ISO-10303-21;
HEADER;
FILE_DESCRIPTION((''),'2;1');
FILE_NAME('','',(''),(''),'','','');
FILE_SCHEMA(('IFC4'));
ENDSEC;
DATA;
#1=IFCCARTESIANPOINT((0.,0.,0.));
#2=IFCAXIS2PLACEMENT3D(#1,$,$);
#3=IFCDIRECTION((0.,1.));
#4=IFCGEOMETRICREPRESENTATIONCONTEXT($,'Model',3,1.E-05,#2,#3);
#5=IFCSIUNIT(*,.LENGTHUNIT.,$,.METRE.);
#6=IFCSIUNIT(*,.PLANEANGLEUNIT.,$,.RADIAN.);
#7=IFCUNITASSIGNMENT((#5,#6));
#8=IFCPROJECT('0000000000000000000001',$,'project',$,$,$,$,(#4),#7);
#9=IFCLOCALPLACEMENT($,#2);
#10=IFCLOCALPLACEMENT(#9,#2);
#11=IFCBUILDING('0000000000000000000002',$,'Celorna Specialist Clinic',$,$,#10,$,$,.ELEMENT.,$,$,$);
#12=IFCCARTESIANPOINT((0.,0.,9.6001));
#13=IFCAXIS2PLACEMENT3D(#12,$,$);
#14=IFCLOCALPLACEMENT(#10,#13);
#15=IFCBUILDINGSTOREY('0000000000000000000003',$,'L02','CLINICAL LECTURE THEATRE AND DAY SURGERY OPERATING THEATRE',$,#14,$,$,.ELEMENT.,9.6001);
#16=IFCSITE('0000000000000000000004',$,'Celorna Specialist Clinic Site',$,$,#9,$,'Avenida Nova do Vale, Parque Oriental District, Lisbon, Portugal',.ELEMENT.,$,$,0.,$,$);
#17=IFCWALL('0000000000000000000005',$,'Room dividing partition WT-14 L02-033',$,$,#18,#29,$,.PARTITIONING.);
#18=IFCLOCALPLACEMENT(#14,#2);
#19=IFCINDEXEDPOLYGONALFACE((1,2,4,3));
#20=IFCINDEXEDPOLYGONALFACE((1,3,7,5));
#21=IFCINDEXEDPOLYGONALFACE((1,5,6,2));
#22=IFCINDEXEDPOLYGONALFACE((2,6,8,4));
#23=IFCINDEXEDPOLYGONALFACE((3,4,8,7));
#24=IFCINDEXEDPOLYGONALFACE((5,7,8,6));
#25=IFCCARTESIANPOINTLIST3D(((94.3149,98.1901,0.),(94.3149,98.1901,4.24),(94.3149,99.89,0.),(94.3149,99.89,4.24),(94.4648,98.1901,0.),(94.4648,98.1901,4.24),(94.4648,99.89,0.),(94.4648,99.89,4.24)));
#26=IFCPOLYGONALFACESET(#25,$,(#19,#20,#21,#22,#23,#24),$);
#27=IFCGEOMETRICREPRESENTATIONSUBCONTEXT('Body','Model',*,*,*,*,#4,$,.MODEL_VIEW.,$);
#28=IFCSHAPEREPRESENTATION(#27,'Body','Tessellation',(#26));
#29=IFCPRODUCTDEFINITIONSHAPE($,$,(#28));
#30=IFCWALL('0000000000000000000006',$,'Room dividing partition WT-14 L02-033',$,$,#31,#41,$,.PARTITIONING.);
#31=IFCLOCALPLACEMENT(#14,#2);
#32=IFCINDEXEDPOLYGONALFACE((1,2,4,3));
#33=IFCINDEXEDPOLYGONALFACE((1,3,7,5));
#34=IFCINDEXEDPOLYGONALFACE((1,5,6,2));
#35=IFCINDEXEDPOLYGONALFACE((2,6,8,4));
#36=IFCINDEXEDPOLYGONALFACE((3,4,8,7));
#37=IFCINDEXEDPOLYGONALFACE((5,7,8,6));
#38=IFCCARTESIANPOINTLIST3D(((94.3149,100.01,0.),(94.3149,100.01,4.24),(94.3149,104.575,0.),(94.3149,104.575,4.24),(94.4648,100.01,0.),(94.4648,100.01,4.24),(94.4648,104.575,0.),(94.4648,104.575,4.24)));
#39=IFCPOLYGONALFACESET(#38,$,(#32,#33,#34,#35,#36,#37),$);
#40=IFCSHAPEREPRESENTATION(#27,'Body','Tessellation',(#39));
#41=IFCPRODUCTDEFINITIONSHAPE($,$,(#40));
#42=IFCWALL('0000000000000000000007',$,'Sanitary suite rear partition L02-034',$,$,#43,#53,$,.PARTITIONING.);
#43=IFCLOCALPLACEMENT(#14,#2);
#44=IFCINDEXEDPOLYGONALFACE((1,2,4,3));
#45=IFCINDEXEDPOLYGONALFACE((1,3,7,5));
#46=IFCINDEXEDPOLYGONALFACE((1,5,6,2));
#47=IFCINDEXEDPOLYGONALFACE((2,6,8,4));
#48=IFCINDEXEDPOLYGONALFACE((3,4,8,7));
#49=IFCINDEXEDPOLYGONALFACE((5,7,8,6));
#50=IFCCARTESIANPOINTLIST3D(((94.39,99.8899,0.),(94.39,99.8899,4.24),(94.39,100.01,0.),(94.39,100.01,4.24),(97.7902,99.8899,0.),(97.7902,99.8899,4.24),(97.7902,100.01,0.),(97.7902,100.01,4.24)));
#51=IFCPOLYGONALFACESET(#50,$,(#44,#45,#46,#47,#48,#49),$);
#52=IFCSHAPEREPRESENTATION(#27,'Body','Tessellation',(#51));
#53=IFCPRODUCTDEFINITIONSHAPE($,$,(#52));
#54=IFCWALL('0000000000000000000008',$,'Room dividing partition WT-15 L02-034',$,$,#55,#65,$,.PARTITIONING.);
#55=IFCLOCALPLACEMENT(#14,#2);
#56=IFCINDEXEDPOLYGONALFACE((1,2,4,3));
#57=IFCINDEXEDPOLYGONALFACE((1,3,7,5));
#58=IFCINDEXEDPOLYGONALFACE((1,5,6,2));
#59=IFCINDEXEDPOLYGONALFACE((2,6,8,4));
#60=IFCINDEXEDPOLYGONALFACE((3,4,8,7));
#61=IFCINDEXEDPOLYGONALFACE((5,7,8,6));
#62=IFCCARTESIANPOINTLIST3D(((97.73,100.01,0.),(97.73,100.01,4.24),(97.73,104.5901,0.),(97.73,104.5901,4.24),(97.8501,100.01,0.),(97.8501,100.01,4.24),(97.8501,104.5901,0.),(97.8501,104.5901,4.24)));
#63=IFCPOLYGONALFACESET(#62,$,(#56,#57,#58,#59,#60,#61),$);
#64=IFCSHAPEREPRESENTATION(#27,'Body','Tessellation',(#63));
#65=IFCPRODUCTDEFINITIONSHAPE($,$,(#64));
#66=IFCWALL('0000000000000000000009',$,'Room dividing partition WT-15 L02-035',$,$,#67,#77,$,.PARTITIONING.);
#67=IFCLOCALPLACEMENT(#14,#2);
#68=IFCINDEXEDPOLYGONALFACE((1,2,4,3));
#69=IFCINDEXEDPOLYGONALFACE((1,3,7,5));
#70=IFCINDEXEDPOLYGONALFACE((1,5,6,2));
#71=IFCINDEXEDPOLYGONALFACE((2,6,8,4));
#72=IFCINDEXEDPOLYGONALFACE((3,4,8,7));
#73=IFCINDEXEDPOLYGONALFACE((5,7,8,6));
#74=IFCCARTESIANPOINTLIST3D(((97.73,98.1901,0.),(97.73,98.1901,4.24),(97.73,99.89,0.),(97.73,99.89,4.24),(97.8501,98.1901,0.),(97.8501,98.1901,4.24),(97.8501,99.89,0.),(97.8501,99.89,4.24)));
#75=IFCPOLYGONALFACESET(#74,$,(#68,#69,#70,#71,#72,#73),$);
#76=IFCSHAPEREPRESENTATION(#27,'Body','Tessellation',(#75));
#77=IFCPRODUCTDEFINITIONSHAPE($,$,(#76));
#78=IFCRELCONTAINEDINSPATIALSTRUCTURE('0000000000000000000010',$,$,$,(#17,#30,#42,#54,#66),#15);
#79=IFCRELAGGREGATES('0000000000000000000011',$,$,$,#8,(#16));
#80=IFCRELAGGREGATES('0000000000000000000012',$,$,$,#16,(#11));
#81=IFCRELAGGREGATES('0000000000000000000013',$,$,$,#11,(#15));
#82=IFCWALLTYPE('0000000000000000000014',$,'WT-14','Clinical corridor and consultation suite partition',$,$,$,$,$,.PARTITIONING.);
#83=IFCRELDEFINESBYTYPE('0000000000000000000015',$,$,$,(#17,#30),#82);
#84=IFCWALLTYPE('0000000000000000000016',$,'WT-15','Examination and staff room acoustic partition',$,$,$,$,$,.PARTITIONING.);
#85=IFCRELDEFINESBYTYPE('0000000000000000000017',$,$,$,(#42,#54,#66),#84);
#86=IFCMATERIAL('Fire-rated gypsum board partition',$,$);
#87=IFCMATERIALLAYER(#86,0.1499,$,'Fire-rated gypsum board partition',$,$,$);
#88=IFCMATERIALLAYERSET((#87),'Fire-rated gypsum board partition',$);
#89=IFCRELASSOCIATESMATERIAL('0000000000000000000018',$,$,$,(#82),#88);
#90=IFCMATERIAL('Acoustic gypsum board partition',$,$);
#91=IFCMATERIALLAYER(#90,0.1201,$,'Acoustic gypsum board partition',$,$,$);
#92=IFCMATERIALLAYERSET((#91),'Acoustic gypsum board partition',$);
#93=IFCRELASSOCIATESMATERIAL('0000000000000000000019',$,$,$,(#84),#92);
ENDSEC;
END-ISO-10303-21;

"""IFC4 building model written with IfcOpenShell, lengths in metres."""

from ifc_helpers import new_model, si_unit, direction, frame, frame_2d, origin, place, context, subcontext, project, spatial, rectangle, extrude, material, layer, layer_set, type_object, element, save


model = new_model("IFC4")

# Units and contexts
model_context = context("Model", 3, precision=1e-05, world=origin(), true_north=direction((0.0, 1.0)))
body_context = subcontext(model_context, "Body", "Model", "MODEL_VIEW")
ifc_project = project(units=[si_unit("LENGTHUNIT", "METRE"), si_unit("PLANEANGLEUNIT", "RADIAN")], contexts=[model_context])

# Site, building, storey
site_placement = place(None, origin())
site = spatial("IfcSite", under=ifc_project, at=site_placement, Name="Celorna Specialist Clinic Site", LongName="Avenida Nova do Vale, Parque Oriental District, Lisbon, Portugal", CompositionType="ELEMENT", RefElevation=0.0)
building_placement = place(site_placement, origin())
building = spatial("IfcBuilding", under=site, at=building_placement, Name="Celorna Specialist Clinic", CompositionType="ELEMENT")
storey_placement = place(building_placement, frame((0.0, 0.0, 9.6001)))
storey = spatial("IfcBuildingStorey", under=building, at=storey_placement, Name="L02", Description="CLINICAL LECTURE THEATRE AND DAY SURGERY OPERATING THEATRE", CompositionType="ELEMENT", Elevation=9.6001)

# Walls
ifc_material_1 = material(Name="Fire-rated gypsum board partition")
ifc_layer_1 = layer(ifc_material_1, 0.1499, Name="Fire-rated gypsum board partition")
ifc_layer_set_1 = layer_set([ifc_layer_1], Name="Fire-rated gypsum board partition")
wall_type_1 = type_object("IfcWallType", Name="WT-14", Description="Clinical corridor and consultation suite partition", PredefinedType="PARTITIONING", material=ifc_layer_set_1)
wall_1_placement = place(storey_placement, frame((94.3899, 98.1899, 0.0), z_axis=(0.0, 0.0, 1.0), x_axis=(0.0, 1.0, 0.0)))
element("IfcWall", 1, at=wall_1_placement, inside=storey, type_object=wall_type_1, Name="Room dividing partition WT-14 L02-033", PredefinedType="PARTITIONING", context=body_context, shape_type="SweptSolid", body=[
    extrude(rectangle(XDim=1.7, YDim=0.1499, at=frame_2d((0.8501, 0.0))), origin(), (0.0, 0.0, 1.0), 4.24),
])
wall_2_placement = place(storey_placement, frame((94.3899, 100.01, 0.0), z_axis=(0.0, 0.0, 1.0), x_axis=(0.0, 1.0, 0.0)))
element("IfcWall", 2, at=wall_2_placement, inside=storey, type_object=wall_type_1, Name="Room dividing partition WT-14 L02-033", PredefinedType="PARTITIONING", context=body_context, shape_type="SweptSolid", body=[
    extrude(rectangle(XDim=4.5649, YDim=0.1499, at=frame_2d((2.2825, 0.0))), origin(), (0.0, 0.0, 1.0), 4.24),
])
ifc_material_2 = material(Name="Acoustic gypsum board partition")
ifc_layer_2 = layer(ifc_material_2, 0.1201, Name="Acoustic gypsum board partition")
ifc_layer_set_2 = layer_set([ifc_layer_2], Name="Acoustic gypsum board partition")
wall_type_2 = type_object("IfcWallType", Name="WT-15", Description="Examination and staff room acoustic partition", PredefinedType="PARTITIONING", material=ifc_layer_set_2)
wall_3_placement = place(storey_placement, frame((94.3899, 99.95, 0.0), z_axis=(0.0, 0.0, 1.0), x_axis=(1.0, 0.0, 0.0)))
element("IfcWall", 3, at=wall_3_placement, inside=storey, type_object=wall_type_2, Name="Sanitary suite rear partition L02-034", PredefinedType="PARTITIONING", context=body_context, shape_type="SweptSolid", body=[
    extrude(rectangle(XDim=3.4001, YDim=0.1201, at=frame_2d((1.7002, 0.0))), origin(), (0.0, 0.0, 1.0), 4.24),
])
wall_4_placement = place(storey_placement, frame((97.79, 100.01, 0.0), z_axis=(0.0, 0.0, 1.0), x_axis=(0.0, 1.0, 0.0)))
element("IfcWall", 4, at=wall_4_placement, inside=storey, type_object=wall_type_2, Name="Room dividing partition WT-15 L02-034", PredefinedType="PARTITIONING", context=body_context, shape_type="SweptSolid", body=[
    extrude(rectangle(XDim=4.5801, YDim=0.1201, at=frame_2d((2.29, 0.0))), origin(), (0.0, 0.0, 1.0), 4.24),
])
wall_5_placement = place(storey_placement, frame((97.79, 98.1899, 0.0), z_axis=(0.0, 0.0, 1.0), x_axis=(0.0, 1.0, 0.0)))
element("IfcWall", 5, at=wall_5_placement, inside=storey, type_object=wall_type_2, Name="Room dividing partition WT-15 L02-035", PredefinedType="PARTITIONING", context=body_context, shape_type="SweptSolid", body=[
    extrude(rectangle(XDim=1.7, YDim=0.1201, at=frame_2d((0.8501, 0.0))), origin(), (0.0, 0.0, 1.0), 4.24),
])

save(model, "model.ifc")
